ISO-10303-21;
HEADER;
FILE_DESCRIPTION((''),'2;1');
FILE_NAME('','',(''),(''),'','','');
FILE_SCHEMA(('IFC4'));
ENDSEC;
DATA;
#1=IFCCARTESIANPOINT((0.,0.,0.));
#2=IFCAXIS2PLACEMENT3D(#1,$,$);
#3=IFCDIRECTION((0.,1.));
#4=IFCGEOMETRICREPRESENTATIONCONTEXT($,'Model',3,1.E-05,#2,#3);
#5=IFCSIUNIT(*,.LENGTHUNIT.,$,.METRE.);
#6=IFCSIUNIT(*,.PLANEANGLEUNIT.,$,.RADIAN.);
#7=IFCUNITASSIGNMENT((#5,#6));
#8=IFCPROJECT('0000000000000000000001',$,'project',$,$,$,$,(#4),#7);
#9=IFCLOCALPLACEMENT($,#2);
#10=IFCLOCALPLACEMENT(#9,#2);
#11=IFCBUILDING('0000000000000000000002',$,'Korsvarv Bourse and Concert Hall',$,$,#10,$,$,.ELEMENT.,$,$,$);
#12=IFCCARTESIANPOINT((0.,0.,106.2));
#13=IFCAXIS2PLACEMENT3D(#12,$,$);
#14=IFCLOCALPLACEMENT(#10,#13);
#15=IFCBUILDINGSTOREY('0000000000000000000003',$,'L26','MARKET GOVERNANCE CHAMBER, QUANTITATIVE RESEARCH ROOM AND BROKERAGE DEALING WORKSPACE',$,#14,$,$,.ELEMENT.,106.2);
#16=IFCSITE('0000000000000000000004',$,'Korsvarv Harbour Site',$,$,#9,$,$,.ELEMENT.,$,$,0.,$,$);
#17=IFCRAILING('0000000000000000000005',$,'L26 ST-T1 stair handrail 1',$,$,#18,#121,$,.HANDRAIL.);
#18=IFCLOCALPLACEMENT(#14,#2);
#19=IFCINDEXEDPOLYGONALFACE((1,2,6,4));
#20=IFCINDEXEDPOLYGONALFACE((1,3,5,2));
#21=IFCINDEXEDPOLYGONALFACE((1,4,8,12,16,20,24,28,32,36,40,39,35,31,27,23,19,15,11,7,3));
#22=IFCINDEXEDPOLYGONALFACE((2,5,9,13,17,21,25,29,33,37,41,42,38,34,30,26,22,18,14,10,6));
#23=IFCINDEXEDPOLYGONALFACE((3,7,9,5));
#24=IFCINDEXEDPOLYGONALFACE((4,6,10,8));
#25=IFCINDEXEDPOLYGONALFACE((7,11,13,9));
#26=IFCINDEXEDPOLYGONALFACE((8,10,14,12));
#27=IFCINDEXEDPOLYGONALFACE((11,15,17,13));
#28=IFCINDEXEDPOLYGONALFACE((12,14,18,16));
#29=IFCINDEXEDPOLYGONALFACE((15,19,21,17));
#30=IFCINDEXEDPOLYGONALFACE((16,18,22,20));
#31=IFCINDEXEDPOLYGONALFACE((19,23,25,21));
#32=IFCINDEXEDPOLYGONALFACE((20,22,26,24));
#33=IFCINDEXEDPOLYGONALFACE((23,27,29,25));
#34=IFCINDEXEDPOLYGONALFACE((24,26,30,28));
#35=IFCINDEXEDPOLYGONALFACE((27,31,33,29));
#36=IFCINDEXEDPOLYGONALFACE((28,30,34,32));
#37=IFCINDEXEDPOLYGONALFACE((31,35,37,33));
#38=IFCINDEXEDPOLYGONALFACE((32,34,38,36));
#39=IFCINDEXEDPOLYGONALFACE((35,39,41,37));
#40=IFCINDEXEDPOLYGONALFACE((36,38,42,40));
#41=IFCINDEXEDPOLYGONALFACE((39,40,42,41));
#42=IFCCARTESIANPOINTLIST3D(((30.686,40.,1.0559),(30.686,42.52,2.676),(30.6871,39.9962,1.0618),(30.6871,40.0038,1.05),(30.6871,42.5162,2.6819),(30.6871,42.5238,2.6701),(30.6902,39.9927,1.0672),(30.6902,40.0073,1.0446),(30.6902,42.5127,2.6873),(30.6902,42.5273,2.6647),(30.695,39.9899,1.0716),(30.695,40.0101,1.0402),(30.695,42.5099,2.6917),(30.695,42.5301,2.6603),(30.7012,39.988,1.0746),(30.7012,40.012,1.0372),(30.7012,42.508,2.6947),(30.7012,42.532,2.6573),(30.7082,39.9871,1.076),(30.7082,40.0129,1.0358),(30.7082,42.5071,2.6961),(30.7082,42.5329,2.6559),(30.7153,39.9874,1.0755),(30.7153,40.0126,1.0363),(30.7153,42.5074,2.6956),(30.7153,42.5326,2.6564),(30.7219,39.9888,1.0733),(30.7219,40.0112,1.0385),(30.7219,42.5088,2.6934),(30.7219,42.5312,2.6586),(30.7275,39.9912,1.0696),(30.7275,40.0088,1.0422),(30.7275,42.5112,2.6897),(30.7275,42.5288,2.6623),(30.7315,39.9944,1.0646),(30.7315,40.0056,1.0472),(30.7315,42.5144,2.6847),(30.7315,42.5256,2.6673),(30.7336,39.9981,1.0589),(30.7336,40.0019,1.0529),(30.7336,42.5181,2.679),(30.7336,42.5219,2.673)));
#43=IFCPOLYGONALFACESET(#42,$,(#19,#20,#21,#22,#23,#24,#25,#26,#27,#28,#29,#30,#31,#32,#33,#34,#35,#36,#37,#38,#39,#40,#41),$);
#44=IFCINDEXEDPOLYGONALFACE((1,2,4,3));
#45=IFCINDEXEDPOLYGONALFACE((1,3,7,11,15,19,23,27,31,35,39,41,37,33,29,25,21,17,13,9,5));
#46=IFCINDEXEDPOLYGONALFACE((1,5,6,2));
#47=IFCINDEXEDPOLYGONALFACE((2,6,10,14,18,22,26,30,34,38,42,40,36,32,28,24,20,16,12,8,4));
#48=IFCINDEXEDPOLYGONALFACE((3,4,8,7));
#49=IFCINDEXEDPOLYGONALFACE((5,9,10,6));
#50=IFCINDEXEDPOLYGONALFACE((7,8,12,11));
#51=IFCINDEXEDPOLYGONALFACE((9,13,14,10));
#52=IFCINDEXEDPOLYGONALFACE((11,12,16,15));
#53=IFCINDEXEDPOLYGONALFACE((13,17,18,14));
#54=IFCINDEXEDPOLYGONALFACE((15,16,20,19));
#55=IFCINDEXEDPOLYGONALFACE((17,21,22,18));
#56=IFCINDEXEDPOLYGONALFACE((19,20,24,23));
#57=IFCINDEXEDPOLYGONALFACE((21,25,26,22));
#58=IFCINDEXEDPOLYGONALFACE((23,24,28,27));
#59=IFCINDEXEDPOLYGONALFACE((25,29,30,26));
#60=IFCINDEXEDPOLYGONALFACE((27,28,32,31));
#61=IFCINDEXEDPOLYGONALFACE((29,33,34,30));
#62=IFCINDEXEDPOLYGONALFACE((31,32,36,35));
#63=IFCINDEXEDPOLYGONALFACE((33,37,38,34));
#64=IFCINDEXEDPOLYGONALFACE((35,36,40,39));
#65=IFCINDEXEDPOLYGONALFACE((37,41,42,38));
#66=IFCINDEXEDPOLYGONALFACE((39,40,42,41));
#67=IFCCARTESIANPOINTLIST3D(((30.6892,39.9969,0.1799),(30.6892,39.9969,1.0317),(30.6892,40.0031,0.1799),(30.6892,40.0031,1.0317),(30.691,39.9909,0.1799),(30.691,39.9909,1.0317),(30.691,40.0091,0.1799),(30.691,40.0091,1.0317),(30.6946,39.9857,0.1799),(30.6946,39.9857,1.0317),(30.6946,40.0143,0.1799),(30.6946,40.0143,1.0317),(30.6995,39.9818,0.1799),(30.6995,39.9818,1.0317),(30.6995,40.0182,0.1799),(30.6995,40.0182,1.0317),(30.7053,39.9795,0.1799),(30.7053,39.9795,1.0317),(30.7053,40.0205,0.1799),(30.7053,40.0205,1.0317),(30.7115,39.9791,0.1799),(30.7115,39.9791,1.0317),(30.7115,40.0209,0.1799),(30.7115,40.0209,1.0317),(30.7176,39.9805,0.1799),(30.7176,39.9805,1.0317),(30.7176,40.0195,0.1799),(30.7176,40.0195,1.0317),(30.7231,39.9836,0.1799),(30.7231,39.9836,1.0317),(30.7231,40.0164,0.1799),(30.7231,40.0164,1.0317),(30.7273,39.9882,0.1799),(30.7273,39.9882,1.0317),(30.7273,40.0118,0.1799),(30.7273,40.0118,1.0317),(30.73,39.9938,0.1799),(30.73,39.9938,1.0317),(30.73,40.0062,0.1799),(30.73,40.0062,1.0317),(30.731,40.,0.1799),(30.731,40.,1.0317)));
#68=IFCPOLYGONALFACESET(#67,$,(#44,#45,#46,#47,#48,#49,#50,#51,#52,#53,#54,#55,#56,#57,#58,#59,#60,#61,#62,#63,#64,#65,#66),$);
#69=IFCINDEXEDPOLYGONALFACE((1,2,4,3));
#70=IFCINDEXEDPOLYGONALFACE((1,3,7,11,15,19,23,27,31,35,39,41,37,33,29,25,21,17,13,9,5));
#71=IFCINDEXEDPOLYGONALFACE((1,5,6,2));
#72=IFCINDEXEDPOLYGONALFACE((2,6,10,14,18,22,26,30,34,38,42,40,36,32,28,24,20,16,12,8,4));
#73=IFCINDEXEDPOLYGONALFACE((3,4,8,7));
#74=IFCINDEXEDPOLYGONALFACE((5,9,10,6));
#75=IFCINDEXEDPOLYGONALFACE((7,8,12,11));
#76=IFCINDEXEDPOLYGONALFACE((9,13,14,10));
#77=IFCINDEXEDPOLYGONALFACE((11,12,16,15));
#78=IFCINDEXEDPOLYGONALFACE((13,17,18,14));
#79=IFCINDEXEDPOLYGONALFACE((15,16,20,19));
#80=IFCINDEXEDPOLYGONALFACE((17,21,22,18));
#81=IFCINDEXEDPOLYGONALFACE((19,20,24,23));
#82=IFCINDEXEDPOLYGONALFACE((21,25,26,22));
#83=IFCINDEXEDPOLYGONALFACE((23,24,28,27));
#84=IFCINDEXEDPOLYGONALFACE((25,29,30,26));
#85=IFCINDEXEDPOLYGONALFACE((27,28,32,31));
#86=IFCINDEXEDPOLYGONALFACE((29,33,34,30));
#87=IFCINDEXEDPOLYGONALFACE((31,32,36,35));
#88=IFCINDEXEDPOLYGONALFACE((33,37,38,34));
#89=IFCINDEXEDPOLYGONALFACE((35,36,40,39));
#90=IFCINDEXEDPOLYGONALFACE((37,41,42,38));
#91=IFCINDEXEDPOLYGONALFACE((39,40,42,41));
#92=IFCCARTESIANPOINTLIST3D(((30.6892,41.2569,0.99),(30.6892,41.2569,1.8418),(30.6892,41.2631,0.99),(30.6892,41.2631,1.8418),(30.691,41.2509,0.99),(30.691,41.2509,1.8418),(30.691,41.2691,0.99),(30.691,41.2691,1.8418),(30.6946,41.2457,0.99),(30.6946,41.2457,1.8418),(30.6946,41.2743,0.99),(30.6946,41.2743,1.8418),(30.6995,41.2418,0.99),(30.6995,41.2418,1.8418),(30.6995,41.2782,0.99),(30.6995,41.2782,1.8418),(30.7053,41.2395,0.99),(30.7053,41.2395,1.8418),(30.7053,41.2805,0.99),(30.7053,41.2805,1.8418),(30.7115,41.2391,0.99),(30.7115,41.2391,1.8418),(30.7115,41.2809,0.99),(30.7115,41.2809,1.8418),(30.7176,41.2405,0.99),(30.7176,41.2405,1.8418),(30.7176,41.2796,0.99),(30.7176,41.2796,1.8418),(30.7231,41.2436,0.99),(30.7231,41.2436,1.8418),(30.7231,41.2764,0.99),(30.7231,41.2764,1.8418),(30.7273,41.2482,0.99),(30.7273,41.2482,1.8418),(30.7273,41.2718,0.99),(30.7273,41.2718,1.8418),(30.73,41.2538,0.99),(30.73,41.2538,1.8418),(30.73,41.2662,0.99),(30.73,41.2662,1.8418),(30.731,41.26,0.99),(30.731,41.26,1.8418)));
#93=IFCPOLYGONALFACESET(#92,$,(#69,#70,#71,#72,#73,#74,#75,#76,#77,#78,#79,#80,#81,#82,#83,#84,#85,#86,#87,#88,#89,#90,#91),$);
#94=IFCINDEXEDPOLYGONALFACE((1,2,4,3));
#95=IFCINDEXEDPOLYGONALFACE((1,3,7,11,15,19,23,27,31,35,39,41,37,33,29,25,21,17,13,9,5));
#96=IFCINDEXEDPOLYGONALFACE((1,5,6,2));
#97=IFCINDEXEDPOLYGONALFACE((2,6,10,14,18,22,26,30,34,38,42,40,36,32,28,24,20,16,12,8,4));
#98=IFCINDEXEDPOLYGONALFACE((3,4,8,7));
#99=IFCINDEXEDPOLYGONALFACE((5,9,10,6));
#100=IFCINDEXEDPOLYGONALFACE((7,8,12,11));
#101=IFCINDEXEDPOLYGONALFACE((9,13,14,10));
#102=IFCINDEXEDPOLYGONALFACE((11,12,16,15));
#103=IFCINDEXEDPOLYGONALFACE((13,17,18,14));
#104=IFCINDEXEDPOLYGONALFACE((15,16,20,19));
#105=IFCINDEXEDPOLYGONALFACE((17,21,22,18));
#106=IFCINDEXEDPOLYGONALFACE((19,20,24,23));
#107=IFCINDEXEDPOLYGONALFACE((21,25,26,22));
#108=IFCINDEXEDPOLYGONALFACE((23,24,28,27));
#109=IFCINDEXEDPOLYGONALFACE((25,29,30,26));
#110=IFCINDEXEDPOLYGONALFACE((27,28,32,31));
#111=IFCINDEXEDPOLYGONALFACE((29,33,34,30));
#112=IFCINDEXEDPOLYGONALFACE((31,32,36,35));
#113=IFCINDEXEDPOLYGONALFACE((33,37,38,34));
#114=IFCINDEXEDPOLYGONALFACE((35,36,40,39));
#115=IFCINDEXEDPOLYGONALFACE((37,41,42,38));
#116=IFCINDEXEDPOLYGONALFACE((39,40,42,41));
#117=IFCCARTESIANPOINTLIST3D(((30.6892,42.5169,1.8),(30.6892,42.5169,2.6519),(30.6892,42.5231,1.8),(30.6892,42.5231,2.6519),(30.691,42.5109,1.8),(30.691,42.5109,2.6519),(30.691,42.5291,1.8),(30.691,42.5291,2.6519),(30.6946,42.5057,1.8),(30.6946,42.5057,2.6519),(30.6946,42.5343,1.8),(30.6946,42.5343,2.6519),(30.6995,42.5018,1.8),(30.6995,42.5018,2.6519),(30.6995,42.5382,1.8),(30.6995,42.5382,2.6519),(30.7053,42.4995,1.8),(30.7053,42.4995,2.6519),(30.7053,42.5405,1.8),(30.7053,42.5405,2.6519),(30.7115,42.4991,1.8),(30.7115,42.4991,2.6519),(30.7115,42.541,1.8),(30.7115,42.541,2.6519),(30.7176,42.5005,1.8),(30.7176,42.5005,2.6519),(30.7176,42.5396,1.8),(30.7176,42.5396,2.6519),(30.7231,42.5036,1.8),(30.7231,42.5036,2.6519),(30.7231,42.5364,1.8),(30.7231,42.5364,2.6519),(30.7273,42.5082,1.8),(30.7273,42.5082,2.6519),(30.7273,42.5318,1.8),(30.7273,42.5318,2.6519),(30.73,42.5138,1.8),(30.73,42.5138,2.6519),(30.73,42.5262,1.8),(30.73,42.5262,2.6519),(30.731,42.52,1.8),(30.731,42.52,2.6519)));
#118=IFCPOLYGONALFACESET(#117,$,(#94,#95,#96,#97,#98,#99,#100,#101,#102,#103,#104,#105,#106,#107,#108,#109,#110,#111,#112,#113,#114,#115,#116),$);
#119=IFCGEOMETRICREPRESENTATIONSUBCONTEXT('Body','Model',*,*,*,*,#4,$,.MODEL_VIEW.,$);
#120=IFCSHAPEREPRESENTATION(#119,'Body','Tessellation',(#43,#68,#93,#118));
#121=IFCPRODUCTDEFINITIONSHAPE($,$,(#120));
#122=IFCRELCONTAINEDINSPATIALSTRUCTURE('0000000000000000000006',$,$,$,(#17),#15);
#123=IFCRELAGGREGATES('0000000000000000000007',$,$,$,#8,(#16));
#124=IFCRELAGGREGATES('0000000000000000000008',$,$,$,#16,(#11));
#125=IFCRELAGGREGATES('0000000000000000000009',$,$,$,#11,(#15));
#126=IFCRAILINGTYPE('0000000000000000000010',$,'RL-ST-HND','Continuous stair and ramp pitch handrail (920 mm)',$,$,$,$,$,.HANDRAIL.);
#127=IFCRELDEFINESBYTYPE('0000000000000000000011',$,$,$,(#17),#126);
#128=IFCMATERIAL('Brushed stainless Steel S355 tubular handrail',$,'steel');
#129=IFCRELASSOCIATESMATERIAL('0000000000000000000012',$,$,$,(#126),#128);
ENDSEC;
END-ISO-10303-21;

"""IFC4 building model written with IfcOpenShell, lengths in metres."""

from ifc_helpers import new_model, si_unit, direction, frame, origin, origin_2d, place, context, subcontext, project, spatial, circle, extrude, material, type_object, element, save


model = new_model("IFC4")

# Units and contexts
model_context = context("Model", 3, precision=1e-05, world=origin(), true_north=direction((0.0, 1.0)))
body_context = subcontext(model_context, "Body", "Model", "MODEL_VIEW")
ifc_project = project(units=[si_unit("LENGTHUNIT", "METRE"), si_unit("PLANEANGLEUNIT", "RADIAN")], contexts=[model_context])

# Site, building, storey
site_placement = place(None, origin())
site = spatial("IfcSite", under=ifc_project, at=site_placement, Name="Korsvarv Harbour Site", CompositionType="ELEMENT", RefElevation=0.0)
building_placement = place(site_placement, origin())
building = spatial("IfcBuilding", under=site, at=building_placement, Name="Korsvarv Bourse and Concert Hall", CompositionType="ELEMENT")
storey_placement = place(building_placement, frame((0.0, 0.0, 106.2)))
storey = spatial("IfcBuildingStorey", under=building, at=storey_placement, Name="L26", Description="MARKET GOVERNANCE CHAMBER, QUANTITATIVE RESEARCH ROOM AND BROKERAGE DEALING WORKSPACE", CompositionType="ELEMENT", Elevation=106.2)

# Railing
ifc_material_1 = material(Name="Brushed stainless Steel S355 tubular handrail", Category="steel")
railing_type_1 = type_object("IfcRailingType", Name="RL-ST-HND", Description="Continuous stair and ramp pitch handrail (920 mm)", PredefinedType="HANDRAIL", material=ifc_material_1)
railing_1_placement = place(storey_placement, frame((30.71, 40.0, 0.1799)))
element("IfcRailing", 1, at=railing_1_placement, inside=storey, type_object=railing_type_1, Name="L26 ST-T1 stair handrail 1", PredefinedType="HANDRAIL", context=body_context, shape_type="SweptSolid", body=[
    extrude(circle(Radius=0.0239, at=origin_2d()), frame((0.0, 0.0, 0.876), z_axis=(0.0, 0.841163, 0.540782), x_axis=(-1.0, 0.0, 0.0)), (0.0, 0.0, 1.0), 2.9958),
    extrude(circle(Radius=0.021, at=origin_2d()), origin(), (0.0, 0.0, 1.0), 0.8518),
    extrude(circle(Radius=0.021, at=origin_2d()), frame((0.0, 1.26, 0.8101)), (0.0, 0.0, 1.0), 0.8518),
    extrude(circle(Radius=0.021, at=origin_2d()), frame((0.0, 2.52, 1.6201)), (0.0, 0.0, 1.0), 0.8518),
])

save(model, "model.ifc")
